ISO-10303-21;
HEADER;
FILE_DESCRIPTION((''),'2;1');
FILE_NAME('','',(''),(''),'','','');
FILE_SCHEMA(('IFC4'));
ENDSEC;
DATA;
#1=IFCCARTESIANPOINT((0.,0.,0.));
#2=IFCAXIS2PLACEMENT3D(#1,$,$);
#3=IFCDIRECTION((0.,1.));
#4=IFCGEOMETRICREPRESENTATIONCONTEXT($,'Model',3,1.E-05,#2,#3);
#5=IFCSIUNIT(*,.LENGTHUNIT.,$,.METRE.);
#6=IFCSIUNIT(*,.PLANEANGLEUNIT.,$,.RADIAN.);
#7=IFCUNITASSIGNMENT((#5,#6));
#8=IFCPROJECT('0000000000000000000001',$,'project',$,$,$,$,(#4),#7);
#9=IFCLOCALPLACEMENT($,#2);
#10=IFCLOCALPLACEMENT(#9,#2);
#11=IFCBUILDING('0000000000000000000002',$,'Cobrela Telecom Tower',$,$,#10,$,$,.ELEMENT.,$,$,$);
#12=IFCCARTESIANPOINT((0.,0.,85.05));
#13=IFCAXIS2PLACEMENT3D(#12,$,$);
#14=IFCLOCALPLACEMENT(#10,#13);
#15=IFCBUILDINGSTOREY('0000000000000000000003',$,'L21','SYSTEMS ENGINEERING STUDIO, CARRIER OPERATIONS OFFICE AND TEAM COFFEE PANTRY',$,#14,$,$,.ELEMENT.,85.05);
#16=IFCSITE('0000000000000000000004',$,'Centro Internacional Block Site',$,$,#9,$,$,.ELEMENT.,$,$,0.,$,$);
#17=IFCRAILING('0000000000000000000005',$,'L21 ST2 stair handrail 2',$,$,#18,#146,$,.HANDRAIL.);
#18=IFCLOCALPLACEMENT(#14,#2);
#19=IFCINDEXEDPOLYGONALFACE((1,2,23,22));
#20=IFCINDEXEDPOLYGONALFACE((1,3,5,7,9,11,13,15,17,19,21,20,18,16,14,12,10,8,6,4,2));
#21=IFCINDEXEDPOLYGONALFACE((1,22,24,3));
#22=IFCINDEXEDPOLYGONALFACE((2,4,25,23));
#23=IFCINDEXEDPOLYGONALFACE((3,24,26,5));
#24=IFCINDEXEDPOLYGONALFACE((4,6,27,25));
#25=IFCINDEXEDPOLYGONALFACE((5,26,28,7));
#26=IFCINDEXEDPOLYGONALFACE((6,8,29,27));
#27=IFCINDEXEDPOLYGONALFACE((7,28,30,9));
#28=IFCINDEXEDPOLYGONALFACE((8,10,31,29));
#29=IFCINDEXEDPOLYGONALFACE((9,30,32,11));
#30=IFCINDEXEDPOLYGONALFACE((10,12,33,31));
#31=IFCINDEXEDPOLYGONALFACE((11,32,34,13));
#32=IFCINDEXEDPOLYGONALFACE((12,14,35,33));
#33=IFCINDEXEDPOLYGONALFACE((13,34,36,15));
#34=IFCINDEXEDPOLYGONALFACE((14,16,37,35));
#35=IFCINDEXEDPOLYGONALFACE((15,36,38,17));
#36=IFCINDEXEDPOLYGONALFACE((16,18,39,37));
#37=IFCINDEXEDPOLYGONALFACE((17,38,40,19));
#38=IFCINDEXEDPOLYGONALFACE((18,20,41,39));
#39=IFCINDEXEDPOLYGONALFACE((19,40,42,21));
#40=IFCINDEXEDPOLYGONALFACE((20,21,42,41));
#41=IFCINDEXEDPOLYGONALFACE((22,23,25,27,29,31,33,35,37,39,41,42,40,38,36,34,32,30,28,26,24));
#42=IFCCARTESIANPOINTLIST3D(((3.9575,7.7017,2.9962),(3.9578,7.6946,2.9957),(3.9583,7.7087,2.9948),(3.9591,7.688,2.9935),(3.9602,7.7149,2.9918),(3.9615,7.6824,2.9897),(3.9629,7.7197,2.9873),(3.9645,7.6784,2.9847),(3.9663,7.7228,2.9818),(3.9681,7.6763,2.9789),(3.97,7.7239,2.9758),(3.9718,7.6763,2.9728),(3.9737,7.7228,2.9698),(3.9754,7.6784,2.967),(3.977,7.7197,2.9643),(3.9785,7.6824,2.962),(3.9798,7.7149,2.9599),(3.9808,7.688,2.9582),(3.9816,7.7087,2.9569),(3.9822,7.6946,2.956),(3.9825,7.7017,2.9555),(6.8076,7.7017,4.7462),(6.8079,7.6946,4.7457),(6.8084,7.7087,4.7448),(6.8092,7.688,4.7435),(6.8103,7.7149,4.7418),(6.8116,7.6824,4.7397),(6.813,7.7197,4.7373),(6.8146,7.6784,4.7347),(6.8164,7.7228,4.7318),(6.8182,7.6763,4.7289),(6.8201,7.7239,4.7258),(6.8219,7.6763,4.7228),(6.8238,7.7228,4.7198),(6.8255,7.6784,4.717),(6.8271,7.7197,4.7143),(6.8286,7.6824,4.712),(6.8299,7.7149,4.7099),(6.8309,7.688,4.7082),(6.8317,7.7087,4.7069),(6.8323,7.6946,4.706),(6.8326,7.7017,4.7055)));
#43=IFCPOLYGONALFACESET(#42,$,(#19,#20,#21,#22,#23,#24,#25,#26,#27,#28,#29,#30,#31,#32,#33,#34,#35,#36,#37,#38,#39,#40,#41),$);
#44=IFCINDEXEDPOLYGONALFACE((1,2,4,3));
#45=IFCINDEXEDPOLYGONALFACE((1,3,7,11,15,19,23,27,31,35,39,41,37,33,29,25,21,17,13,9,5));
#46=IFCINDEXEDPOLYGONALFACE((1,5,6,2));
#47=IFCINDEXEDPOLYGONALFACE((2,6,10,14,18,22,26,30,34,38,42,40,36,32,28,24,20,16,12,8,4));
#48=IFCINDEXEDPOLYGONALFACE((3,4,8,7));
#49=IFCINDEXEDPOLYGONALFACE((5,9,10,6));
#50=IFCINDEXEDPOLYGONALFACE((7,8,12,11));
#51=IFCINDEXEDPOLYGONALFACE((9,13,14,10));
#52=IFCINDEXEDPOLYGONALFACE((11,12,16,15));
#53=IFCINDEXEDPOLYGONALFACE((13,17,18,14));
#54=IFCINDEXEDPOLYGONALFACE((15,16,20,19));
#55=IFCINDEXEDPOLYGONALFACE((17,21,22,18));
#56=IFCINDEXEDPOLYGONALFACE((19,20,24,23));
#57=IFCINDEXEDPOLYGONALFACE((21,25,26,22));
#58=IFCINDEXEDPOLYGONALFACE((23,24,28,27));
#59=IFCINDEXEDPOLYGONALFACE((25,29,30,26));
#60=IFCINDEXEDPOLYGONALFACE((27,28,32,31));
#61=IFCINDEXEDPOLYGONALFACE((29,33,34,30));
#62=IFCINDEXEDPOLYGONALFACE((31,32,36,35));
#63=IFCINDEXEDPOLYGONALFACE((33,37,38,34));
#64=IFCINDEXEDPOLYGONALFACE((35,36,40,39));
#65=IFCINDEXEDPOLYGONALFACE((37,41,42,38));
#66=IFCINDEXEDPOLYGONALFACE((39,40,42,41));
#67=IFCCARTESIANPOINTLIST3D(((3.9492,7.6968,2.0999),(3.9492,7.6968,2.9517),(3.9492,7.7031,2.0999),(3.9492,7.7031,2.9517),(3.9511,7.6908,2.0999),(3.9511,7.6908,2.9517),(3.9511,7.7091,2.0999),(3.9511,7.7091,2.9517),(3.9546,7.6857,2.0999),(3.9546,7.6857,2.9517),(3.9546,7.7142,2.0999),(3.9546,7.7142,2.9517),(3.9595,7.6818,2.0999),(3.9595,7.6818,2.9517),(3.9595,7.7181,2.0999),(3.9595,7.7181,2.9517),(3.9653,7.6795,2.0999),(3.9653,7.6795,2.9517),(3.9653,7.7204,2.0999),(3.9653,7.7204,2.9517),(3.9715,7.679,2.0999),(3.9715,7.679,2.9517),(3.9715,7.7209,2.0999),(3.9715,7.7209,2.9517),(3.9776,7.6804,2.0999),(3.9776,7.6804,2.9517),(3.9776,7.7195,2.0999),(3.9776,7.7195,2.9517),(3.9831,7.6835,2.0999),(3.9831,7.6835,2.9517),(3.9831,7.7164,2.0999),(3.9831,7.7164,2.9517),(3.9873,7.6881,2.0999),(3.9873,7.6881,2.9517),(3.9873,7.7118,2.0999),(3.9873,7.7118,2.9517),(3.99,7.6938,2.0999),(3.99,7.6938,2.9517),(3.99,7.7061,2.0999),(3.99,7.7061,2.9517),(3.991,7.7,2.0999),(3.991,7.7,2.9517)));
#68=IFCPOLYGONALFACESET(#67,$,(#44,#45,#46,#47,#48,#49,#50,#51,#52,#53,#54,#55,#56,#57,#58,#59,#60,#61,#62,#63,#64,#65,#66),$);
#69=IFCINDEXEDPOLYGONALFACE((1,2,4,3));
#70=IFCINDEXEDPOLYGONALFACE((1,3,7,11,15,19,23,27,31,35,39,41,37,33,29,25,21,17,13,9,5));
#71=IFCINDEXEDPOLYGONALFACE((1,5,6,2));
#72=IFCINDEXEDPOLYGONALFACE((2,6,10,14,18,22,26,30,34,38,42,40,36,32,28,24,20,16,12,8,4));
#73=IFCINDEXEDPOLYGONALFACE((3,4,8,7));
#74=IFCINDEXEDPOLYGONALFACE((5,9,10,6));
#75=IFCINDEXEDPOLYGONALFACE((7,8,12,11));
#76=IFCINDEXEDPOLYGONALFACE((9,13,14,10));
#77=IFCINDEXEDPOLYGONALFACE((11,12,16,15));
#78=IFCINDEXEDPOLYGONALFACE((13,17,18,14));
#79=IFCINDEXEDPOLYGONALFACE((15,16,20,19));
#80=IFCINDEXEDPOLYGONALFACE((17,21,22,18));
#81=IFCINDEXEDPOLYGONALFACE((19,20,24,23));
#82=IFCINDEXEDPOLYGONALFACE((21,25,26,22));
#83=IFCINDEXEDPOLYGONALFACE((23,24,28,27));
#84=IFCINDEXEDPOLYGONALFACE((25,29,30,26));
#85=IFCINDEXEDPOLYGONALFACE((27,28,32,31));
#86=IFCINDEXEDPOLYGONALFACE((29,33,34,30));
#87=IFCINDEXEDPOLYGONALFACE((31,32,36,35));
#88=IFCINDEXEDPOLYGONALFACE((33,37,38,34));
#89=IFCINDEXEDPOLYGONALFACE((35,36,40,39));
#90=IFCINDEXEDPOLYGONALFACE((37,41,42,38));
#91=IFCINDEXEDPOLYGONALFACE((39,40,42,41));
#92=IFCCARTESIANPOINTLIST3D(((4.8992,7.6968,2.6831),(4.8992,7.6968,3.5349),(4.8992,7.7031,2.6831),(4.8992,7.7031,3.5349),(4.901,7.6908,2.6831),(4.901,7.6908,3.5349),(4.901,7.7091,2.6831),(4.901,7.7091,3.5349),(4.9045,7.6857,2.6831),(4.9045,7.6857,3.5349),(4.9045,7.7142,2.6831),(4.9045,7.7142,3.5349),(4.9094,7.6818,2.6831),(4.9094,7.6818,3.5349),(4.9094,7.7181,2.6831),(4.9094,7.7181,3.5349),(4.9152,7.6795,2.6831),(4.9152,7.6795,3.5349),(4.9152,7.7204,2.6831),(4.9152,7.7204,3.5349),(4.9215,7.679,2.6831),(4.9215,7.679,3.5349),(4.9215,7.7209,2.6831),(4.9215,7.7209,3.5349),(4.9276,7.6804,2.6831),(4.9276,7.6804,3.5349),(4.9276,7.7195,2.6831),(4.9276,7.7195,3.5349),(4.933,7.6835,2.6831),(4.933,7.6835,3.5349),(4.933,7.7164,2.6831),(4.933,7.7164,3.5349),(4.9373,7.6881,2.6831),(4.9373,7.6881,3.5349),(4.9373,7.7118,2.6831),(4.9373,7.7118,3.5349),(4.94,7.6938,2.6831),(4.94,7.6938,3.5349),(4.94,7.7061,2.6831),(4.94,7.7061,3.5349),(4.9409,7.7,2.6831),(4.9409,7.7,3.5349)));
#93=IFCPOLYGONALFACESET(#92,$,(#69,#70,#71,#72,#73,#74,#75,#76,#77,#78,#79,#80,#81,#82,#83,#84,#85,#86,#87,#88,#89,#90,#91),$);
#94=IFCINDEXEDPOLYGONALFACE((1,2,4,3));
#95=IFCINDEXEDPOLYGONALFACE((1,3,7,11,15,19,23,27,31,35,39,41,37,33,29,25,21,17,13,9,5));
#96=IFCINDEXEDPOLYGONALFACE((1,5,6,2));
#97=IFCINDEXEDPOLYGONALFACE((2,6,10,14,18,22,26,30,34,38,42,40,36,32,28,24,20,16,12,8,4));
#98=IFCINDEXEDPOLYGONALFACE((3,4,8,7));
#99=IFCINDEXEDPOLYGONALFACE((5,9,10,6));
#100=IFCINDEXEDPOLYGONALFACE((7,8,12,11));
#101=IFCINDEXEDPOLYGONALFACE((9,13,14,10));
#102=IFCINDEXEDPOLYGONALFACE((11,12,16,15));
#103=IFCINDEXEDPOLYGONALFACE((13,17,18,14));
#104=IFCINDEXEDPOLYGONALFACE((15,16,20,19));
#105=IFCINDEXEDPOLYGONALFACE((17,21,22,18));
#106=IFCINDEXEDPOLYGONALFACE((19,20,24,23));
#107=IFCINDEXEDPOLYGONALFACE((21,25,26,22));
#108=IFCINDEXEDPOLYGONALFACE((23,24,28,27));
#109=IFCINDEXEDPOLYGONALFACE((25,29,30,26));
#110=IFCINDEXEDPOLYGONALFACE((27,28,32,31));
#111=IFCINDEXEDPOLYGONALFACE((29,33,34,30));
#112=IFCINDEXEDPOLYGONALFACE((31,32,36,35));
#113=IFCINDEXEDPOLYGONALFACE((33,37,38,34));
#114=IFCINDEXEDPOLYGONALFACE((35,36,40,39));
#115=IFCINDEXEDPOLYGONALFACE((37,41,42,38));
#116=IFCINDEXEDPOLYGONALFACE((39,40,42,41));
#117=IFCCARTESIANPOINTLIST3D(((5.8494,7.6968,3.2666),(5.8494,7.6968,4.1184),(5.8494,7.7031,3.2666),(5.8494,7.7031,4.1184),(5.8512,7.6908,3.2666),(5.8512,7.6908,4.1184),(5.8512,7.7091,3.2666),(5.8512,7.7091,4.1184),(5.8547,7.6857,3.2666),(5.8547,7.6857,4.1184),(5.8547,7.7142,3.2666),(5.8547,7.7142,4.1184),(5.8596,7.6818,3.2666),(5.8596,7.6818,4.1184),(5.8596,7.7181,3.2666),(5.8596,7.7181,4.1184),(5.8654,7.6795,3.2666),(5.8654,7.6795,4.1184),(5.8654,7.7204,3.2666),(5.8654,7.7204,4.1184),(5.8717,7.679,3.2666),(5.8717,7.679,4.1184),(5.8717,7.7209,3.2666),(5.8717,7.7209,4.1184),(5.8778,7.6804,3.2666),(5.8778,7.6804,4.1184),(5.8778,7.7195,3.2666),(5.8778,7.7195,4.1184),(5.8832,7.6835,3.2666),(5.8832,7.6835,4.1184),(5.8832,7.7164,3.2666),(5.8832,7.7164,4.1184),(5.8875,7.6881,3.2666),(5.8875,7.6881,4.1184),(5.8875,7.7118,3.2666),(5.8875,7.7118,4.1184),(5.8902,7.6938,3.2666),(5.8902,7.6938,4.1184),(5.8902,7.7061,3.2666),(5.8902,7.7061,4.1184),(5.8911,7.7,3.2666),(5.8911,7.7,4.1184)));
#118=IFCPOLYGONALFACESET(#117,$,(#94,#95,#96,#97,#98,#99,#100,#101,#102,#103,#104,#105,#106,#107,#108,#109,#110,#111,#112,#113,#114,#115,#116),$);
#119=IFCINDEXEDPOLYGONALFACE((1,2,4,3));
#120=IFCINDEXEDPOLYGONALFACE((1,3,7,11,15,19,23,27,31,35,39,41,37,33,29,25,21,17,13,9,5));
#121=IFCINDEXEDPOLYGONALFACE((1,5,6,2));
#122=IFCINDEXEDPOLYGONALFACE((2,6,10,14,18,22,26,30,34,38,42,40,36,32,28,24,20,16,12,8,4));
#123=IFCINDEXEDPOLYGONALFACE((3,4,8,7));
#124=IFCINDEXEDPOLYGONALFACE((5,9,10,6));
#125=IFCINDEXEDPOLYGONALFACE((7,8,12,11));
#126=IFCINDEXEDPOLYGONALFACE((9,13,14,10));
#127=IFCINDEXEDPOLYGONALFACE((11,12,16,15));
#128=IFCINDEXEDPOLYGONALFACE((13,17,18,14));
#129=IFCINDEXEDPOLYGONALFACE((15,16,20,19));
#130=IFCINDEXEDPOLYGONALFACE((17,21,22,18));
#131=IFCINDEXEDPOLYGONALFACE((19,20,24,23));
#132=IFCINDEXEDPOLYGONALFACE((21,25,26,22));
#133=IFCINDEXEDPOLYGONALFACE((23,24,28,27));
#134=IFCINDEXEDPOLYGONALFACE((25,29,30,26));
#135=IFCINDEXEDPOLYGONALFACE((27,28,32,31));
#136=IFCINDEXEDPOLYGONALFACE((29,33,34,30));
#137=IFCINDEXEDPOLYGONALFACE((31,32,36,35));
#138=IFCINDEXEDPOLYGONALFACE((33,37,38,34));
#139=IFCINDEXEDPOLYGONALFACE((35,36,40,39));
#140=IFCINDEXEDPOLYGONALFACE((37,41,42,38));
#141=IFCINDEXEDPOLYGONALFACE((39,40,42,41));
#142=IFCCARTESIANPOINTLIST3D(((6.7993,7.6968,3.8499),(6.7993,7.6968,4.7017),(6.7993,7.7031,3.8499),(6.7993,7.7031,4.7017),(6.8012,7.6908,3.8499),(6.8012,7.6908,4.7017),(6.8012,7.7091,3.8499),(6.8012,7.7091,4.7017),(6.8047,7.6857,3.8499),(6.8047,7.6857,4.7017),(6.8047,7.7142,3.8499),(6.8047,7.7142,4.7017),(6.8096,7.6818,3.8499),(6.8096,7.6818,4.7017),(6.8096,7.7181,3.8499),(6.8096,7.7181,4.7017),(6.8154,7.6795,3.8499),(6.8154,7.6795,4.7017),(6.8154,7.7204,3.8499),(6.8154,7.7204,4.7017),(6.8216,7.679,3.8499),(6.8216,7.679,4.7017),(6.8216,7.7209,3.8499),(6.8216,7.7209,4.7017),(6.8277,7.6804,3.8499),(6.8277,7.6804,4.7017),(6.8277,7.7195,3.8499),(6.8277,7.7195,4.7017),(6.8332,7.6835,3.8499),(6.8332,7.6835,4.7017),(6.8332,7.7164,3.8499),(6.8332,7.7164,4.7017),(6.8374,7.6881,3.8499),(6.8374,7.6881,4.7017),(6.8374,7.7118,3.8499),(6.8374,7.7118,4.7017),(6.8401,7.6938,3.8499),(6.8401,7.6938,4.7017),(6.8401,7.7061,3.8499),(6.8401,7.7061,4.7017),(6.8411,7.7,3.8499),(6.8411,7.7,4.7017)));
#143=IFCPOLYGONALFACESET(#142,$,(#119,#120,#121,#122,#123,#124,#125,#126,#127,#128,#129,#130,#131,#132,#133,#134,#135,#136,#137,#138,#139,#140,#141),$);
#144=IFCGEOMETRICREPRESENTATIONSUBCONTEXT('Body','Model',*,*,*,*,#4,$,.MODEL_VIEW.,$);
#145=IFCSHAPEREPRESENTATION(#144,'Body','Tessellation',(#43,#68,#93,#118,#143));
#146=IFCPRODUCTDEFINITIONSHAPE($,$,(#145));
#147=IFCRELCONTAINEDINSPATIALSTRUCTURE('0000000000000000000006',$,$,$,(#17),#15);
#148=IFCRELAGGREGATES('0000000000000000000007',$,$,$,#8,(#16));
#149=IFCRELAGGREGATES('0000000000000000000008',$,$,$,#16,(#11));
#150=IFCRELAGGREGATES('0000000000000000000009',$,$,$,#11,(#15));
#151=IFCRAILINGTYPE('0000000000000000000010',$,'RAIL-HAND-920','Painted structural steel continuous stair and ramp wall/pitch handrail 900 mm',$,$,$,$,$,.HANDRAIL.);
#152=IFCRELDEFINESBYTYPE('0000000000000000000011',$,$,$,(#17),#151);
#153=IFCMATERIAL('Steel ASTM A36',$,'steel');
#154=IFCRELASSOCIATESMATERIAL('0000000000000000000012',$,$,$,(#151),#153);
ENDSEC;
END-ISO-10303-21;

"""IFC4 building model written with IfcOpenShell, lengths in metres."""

from ifc_helpers import new_model, si_unit, direction, frame, origin, origin_2d, place, context, subcontext, project, spatial, circle, extrude, material, type_object, element, save


model = new_model("IFC4")

# Units and contexts
model_context = context("Model", 3, precision=1e-05, world=origin(), true_north=direction((0.0, 1.0)))
body_context = subcontext(model_context, "Body", "Model", "MODEL_VIEW")
ifc_project = project(units=[si_unit("LENGTHUNIT", "METRE"), si_unit("PLANEANGLEUNIT", "RADIAN")], contexts=[model_context])

# Site, building, storey
site_placement = place(None, origin())
site = spatial("IfcSite", under=ifc_project, at=site_placement, Name="Centro Internacional Block Site", CompositionType="ELEMENT", RefElevation=0.0)
building_placement = place(site_placement, origin())
building = spatial("IfcBuilding", under=site, at=building_placement, Name="Cobrela Telecom Tower", CompositionType="ELEMENT")
storey_placement = place(building_placement, frame((0.0, 0.0, 85.05)))
storey = spatial("IfcBuildingStorey", under=building, at=storey_placement, Name="L21", Description="SYSTEMS ENGINEERING STUDIO, CARRIER OPERATIONS OFFICE AND TEAM COFFEE PANTRY", CompositionType="ELEMENT", Elevation=85.05)

# Railing
ifc_material_1 = material(Name="Steel ASTM A36", Category="steel")
railing_type_1 = type_object("IfcRailingType", Name="RAIL-HAND-920", Description="Painted structural steel continuous stair and ramp wall/pitch handrail 900 mm", PredefinedType="HANDRAIL", material=ifc_material_1)
railing_1_placement = place(storey_placement, frame((3.97, 7.7, 2.0999)))
element("IfcRailing", 1, at=railing_1_placement, inside=storey, type_object=railing_type_1, Name="L21 ST2 stair handrail 2", PredefinedType="HANDRAIL", context=body_context, shape_type="SweptSolid", body=[
    extrude(circle(Radius=0.0239, at=origin_2d()), frame((0.0, 0.0, 0.876), z_axis=(0.852179, 0.0, 0.52325), x_axis=(0.0, 1.0, 0.0)), (0.0, 0.0, 1.0), 3.3445),
    extrude(circle(Radius=0.021, at=origin_2d()), origin(), (0.0, 0.0, 1.0), 0.8518),
    extrude(circle(Radius=0.021, at=origin_2d()), frame((0.95, 0.0, 0.5833)), (0.0, 0.0, 1.0), 0.8518),
    extrude(circle(Radius=0.021, at=origin_2d()), frame((1.9001, 0.0, 1.1667)), (0.0, 0.0, 1.0), 0.8518),
    extrude(circle(Radius=0.021, at=origin_2d()), frame((2.8501, 0.0, 1.75)), (0.0, 0.0, 1.0), 0.8518),
])

save(model, "model.ifc")
